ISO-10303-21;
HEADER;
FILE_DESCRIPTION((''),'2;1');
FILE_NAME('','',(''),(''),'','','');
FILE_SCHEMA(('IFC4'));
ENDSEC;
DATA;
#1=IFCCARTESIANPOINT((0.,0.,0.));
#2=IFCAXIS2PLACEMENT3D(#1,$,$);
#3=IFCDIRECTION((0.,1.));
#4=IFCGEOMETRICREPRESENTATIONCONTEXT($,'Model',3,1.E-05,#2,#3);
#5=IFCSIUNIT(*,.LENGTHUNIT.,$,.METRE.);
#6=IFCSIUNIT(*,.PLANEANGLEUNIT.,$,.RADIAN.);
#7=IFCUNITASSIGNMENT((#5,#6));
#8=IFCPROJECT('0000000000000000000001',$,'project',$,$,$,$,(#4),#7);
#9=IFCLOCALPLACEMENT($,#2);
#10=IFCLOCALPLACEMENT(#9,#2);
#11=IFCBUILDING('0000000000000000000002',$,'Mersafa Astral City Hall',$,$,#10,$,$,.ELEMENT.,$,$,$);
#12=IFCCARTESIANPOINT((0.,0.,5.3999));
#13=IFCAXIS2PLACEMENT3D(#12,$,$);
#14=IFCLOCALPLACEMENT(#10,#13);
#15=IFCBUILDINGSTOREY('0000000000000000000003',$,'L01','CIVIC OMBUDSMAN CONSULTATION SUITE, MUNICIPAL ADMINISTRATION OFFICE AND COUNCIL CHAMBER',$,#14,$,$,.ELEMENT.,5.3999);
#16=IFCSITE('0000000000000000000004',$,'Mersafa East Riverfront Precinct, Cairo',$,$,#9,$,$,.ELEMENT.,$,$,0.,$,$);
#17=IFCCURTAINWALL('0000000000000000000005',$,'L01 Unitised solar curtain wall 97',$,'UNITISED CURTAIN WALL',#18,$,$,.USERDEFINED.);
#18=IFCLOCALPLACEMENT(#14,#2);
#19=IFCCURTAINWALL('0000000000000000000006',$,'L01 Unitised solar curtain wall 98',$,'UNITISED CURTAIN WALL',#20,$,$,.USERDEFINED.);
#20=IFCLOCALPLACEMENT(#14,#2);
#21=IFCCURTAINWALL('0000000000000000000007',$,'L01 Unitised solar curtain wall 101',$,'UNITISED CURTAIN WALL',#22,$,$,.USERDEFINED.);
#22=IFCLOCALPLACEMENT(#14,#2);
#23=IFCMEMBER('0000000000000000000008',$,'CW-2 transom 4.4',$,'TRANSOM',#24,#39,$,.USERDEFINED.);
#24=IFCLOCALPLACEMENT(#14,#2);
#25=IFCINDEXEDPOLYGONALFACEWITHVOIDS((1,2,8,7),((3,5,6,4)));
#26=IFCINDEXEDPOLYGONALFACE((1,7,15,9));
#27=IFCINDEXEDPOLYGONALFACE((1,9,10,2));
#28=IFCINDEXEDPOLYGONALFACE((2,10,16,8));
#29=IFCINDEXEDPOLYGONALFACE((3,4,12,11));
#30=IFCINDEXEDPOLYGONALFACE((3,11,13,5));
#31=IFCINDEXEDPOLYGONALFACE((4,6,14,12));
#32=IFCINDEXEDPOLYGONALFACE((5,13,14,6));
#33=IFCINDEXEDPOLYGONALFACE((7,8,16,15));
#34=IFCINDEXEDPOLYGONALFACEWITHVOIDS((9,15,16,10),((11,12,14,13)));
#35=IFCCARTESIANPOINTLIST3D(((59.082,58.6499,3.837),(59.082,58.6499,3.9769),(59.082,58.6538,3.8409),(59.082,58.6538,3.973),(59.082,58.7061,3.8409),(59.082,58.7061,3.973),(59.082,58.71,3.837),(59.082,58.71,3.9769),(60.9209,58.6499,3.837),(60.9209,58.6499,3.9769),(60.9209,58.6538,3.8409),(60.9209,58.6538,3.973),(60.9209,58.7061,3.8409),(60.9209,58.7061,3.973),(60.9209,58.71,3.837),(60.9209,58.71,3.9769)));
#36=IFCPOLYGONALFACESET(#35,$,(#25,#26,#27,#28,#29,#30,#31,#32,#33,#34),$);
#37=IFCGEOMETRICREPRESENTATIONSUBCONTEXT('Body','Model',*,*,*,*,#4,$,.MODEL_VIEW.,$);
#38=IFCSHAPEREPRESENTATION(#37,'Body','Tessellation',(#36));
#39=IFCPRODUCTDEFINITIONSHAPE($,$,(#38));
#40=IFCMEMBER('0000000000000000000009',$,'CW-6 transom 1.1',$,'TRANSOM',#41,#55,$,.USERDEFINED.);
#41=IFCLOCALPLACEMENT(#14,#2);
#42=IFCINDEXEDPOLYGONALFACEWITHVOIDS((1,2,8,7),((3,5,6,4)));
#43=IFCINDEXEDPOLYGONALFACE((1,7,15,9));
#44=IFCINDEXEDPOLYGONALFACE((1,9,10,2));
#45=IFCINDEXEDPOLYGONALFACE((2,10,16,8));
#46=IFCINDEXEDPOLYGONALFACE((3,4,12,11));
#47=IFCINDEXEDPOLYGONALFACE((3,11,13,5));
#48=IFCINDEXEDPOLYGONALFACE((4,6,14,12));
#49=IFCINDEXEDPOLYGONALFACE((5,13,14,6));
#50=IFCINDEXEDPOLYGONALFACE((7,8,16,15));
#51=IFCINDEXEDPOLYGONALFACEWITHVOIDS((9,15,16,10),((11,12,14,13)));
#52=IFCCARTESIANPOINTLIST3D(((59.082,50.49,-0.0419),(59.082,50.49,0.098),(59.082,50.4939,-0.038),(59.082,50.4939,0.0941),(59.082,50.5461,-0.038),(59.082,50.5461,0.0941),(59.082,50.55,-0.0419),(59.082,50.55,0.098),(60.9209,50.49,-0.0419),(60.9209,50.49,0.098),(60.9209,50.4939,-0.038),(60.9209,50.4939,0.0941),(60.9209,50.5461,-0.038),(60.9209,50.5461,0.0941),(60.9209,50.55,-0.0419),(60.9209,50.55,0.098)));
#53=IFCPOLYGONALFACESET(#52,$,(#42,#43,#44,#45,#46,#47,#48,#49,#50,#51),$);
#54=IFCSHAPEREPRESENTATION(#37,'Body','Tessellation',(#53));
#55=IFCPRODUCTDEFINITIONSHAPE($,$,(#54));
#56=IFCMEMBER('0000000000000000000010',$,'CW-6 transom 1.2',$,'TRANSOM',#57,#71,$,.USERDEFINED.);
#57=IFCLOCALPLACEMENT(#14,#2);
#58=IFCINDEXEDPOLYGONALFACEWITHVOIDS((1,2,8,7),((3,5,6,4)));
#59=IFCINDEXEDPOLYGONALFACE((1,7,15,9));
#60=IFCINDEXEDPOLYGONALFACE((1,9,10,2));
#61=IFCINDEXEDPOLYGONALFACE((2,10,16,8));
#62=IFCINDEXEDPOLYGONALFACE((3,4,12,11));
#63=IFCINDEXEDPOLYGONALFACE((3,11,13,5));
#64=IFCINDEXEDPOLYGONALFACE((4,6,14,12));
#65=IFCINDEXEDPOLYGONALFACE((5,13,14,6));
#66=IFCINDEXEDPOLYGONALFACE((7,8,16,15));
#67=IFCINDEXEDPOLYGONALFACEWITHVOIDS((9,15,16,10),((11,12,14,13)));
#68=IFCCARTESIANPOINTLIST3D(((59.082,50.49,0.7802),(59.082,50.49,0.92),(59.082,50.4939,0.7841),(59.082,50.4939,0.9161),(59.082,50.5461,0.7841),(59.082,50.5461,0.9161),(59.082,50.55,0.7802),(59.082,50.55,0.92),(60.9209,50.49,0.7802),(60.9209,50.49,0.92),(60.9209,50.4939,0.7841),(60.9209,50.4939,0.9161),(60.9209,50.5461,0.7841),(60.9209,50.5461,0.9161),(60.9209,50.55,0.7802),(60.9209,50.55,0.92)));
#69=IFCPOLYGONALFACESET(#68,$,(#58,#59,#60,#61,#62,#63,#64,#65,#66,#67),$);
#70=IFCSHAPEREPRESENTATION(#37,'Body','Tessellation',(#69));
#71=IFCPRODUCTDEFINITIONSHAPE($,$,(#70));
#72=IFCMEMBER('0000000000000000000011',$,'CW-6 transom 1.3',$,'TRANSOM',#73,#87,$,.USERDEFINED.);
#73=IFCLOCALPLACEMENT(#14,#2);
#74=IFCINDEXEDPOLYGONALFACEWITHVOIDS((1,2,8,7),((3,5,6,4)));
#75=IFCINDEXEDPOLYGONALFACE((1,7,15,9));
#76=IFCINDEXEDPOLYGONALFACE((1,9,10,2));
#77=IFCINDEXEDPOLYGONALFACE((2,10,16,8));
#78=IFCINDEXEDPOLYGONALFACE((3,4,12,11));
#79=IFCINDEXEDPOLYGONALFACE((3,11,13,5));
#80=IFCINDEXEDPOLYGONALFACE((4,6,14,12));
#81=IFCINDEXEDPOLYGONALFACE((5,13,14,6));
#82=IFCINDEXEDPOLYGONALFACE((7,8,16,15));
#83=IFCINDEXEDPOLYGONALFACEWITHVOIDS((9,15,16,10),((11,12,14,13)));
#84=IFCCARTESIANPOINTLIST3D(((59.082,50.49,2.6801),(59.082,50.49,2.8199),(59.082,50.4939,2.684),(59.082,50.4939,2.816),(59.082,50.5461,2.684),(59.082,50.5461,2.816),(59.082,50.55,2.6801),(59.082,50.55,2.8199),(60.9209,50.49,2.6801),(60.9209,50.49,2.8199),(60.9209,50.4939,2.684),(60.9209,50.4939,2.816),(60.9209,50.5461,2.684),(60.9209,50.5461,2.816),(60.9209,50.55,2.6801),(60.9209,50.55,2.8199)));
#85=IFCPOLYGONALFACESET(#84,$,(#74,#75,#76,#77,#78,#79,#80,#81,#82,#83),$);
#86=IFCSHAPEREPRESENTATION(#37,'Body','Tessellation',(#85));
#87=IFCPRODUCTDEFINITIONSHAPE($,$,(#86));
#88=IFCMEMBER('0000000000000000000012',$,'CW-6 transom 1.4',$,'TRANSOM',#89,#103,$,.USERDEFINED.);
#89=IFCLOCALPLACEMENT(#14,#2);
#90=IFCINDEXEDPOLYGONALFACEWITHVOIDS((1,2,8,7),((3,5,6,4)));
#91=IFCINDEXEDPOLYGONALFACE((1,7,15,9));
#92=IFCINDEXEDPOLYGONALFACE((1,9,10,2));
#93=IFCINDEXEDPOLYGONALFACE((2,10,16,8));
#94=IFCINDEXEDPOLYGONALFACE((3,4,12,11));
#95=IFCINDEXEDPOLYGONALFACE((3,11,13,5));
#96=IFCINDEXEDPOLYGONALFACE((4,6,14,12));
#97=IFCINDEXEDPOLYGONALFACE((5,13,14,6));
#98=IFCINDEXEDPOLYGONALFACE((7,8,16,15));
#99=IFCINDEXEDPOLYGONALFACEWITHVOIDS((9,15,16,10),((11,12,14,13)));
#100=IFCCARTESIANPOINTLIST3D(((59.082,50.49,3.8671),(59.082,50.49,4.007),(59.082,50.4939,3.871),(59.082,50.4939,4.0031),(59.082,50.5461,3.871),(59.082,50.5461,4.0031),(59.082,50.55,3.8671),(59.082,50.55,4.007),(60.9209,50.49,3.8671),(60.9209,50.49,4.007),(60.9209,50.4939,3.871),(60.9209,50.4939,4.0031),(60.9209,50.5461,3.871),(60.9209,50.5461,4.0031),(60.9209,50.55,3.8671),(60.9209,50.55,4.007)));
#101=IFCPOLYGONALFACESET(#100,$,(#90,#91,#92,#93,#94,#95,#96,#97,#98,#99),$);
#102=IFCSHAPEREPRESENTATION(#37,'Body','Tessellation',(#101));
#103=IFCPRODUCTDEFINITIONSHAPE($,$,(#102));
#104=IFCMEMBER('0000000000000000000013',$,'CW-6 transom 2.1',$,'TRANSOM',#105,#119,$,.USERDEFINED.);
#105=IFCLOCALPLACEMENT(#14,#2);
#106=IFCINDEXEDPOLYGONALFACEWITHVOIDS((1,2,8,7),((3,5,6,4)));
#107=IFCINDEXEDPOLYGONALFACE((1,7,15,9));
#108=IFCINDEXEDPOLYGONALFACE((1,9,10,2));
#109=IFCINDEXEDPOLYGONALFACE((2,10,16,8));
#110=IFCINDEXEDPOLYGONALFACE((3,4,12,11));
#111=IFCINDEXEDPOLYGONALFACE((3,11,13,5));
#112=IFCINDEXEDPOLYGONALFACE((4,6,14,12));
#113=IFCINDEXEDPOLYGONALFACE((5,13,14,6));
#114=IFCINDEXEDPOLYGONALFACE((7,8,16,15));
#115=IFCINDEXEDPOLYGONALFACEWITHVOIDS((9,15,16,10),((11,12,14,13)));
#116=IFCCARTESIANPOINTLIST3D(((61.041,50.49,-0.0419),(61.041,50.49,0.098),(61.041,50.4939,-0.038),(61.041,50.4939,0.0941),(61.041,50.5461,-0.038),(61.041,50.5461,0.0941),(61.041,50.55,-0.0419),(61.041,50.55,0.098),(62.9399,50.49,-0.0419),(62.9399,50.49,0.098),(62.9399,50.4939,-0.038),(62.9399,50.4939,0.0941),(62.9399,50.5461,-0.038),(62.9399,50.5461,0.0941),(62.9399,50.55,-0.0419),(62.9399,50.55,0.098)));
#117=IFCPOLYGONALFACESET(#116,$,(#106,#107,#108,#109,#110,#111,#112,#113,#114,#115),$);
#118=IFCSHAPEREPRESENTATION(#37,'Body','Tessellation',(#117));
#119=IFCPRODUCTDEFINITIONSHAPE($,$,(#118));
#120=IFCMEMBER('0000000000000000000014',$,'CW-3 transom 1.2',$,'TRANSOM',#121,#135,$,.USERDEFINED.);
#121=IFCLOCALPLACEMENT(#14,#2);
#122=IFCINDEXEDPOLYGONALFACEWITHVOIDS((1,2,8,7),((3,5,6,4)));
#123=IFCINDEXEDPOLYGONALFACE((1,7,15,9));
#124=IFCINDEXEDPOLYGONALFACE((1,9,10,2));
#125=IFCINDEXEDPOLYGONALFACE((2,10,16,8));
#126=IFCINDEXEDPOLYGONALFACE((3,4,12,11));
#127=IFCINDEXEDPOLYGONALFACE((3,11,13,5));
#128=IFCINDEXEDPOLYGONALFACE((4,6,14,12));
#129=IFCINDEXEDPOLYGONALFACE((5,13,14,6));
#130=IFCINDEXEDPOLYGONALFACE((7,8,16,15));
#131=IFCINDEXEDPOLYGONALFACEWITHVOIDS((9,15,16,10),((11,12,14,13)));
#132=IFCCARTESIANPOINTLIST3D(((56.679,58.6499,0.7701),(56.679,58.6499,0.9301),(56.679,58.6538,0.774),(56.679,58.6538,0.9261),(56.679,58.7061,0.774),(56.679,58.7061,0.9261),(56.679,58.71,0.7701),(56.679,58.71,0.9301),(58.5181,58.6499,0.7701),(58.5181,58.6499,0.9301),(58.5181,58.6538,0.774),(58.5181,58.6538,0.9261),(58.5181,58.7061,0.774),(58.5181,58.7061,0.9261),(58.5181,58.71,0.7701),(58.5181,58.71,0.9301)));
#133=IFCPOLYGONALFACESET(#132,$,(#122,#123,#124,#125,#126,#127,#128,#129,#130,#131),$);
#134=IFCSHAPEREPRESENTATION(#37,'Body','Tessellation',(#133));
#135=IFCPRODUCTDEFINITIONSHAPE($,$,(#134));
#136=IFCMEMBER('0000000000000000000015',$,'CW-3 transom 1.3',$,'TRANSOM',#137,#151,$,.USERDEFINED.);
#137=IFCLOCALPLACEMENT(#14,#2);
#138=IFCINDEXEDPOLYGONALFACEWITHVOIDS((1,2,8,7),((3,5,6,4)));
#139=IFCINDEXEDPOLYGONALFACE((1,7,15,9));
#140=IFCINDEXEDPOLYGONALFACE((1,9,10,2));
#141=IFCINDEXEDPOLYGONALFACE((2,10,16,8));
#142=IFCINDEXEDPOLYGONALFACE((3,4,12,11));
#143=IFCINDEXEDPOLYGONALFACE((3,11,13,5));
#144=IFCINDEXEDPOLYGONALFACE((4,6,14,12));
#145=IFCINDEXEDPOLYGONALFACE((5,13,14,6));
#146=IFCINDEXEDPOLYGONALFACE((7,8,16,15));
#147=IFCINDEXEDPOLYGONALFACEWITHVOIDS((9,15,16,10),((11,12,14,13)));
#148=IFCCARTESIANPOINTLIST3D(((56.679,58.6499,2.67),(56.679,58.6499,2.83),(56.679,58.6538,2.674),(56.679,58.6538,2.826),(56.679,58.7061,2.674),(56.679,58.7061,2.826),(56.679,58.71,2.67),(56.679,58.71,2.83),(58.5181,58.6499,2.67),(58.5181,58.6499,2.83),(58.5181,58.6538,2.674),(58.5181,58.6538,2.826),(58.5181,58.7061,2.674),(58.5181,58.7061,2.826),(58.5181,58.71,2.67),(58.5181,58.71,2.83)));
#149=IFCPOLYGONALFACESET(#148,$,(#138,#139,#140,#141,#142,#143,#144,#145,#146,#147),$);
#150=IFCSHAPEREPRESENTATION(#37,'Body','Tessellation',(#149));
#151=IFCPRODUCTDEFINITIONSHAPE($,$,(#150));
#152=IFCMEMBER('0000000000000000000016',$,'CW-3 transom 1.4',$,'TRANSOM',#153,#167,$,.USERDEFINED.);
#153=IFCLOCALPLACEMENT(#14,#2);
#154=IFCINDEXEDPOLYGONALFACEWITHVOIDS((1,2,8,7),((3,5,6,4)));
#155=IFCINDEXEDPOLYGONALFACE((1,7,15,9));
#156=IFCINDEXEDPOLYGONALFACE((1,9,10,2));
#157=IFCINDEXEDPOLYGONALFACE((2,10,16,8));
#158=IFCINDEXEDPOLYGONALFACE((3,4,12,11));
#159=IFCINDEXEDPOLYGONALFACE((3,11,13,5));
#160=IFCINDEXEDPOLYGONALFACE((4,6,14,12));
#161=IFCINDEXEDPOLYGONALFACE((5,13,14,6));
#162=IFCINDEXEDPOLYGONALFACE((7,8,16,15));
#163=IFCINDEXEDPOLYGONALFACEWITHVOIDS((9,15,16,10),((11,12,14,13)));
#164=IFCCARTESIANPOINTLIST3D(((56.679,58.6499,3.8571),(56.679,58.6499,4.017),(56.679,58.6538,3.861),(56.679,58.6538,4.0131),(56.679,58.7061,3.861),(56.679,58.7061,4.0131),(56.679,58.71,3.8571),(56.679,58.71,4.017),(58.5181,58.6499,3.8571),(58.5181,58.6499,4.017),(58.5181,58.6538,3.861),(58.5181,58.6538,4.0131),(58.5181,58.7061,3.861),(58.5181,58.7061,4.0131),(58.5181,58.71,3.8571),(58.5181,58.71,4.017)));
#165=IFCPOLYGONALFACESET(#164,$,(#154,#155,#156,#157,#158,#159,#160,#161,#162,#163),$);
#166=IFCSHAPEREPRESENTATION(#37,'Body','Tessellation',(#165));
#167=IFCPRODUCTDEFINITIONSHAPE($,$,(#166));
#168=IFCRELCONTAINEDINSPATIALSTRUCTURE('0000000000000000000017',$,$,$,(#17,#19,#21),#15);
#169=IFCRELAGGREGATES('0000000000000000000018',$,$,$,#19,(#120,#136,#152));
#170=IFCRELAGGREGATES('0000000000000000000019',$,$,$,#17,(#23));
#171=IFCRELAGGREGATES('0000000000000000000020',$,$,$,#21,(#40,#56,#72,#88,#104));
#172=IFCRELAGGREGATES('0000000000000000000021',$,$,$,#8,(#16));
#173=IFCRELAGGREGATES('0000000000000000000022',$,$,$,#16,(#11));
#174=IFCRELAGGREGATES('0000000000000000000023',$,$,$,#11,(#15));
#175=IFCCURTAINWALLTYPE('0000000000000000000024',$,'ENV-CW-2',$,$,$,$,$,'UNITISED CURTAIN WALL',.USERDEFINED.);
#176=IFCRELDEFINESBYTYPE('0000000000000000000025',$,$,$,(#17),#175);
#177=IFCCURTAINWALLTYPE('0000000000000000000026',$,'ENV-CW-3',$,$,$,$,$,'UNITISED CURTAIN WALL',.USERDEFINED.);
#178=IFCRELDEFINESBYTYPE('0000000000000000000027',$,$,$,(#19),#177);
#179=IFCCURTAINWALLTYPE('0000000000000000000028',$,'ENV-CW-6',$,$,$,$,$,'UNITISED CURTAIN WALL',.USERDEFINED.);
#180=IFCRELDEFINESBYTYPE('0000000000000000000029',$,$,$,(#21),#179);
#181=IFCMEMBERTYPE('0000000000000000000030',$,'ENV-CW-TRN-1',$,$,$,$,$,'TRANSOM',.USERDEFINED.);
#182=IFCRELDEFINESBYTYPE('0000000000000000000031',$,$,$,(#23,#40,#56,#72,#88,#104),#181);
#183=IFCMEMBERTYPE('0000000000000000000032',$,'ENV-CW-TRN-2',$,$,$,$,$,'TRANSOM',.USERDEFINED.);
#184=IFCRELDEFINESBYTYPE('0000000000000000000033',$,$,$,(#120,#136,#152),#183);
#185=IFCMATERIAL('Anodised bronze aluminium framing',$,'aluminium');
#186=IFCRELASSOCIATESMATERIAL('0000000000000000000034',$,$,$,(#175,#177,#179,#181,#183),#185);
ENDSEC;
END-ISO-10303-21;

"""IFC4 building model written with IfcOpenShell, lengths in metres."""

from ifc_helpers import new_model, si_unit, direction, frame, origin, origin_2d, place, context, subcontext, project, spatial, hollow_rectangle, extrude, material, material_profile, profile_set, type_object, element, aggregate, save


model = new_model("IFC4")

# Units and contexts
model_context = context("Model", 3, precision=1e-05, world=origin(), true_north=direction((0.0, 1.0)))
body_context = subcontext(model_context, "Body", "Model", "MODEL_VIEW")
ifc_project = project(units=[si_unit("LENGTHUNIT", "METRE"), si_unit("PLANEANGLEUNIT", "RADIAN")], contexts=[model_context])

# Site, building, storey
site_placement = place(None, origin())
site = spatial("IfcSite", under=ifc_project, at=site_placement, Name="Mersafa East Riverfront Precinct, Cairo", CompositionType="ELEMENT", RefElevation=0.0)
building_placement = place(site_placement, origin())
building = spatial("IfcBuilding", under=site, at=building_placement, Name="Mersafa Astral City Hall", CompositionType="ELEMENT")
storey_placement = place(building_placement, frame((0.0, 0.0, 5.3999)))
storey = spatial("IfcBuildingStorey", under=building, at=storey_placement, Name="L01", Description="CIVIC OMBUDSMAN CONSULTATION SUITE, MUNICIPAL ADMINISTRATION OFFICE AND COUNCIL CHAMBER", CompositionType="ELEMENT", Elevation=5.3999)

# Curtain wall
ifc_material_1 = material(Name="Anodised bronze aluminium framing", Category="aluminium")
curtain_wall_type_1 = type_object("IfcCurtainWallType", Name="ENV-CW-2", ElementType="UNITISED CURTAIN WALL", PredefinedType="USERDEFINED", material=ifc_material_1)
curtain_wall_1_placement = place(storey_placement, origin())
curtain_wall_1 = element("IfcCurtainWall", 1, at=curtain_wall_1_placement, inside=storey, type_object=curtain_wall_type_1, Name="L01 Unitised solar curtain wall 97", ObjectType="UNITISED CURTAIN WALL", PredefinedType="USERDEFINED")

# Curtain wall
curtain_wall_type_2 = type_object("IfcCurtainWallType", Name="ENV-CW-3", ElementType="UNITISED CURTAIN WALL", PredefinedType="USERDEFINED", material=ifc_material_1)
curtain_wall_2_placement = place(storey_placement, origin())
curtain_wall_2 = element("IfcCurtainWall", 2, at=curtain_wall_2_placement, inside=storey, type_object=curtain_wall_type_2, Name="L01 Unitised solar curtain wall 98", ObjectType="UNITISED CURTAIN WALL", PredefinedType="USERDEFINED")

# Curtain wall
curtain_wall_type_3 = type_object("IfcCurtainWallType", Name="ENV-CW-6", ElementType="UNITISED CURTAIN WALL", PredefinedType="USERDEFINED", material=ifc_material_1)
curtain_wall_3_placement = place(storey_placement, origin())
curtain_wall_3 = element("IfcCurtainWall", 3, at=curtain_wall_3_placement, inside=storey, type_object=curtain_wall_type_3, Name="L01 Unitised solar curtain wall 101", ObjectType="UNITISED CURTAIN WALL", PredefinedType="USERDEFINED")

# Members
ifc_material_profile_1 = material_profile(ifc_material_1, hollow_rectangle(XDim=0.0601, YDim=0.1399, WallThickness=0.0039, at=origin_2d()), Name="RHS 60x140x4")
ifc_profile_set_1 = profile_set([ifc_material_profile_1], Name="Anodised bronze aluminium framing")
member_type_1 = type_object("IfcMemberType", Name="ENV-CW-TRN-1", ElementType="TRANSOM", PredefinedType="USERDEFINED", material=ifc_profile_set_1)
member_1_placement = place(storey_placement, frame((60.9209, 58.6799, 3.907), z_axis=(-1.0, 0.0, 0.0), x_axis=(0.0, -1.0, 0.0)))
member_1 = element("IfcMember", 4, at=member_1_placement, type_object=member_type_1, Name="CW-2 transom 4.4", ObjectType="TRANSOM", PredefinedType="USERDEFINED", context=body_context, shape_type="SweptSolid", body=[
    extrude(hollow_rectangle(XDim=0.0601, YDim=0.1399, WallThickness=0.0039, at=origin_2d()), origin(), (0.0, 0.0, 1.0), 1.8389),
])
member_2_placement = place(storey_placement, frame((59.082, 50.52, 0.0281), z_axis=(1.0, 0.0, 0.0), x_axis=(0.0, 1.0, 0.0)))
member_2 = element("IfcMember", 5, at=member_2_placement, type_object=member_type_1, Name="CW-6 transom 1.1", ObjectType="TRANSOM", PredefinedType="USERDEFINED", context=body_context, shape_type="SweptSolid", body=[
    extrude(hollow_rectangle(XDim=0.0601, YDim=0.1399, WallThickness=0.0039, at=origin_2d()), origin(), (0.0, 0.0, 1.0), 1.8389),
])
member_3_placement = place(storey_placement, frame((59.082, 50.52, 0.8501), z_axis=(1.0, 0.0, 0.0), x_axis=(0.0, 1.0, 0.0)))
member_3 = element("IfcMember", 6, at=member_3_placement, type_object=member_type_1, Name="CW-6 transom 1.2", ObjectType="TRANSOM", PredefinedType="USERDEFINED", context=body_context, shape_type="SweptSolid", body=[
    extrude(hollow_rectangle(XDim=0.0601, YDim=0.1399, WallThickness=0.0039, at=origin_2d()), origin(), (0.0, 0.0, 1.0), 1.8389),
])
member_4_placement = place(storey_placement, frame((59.082, 50.52, 2.75), z_axis=(1.0, 0.0, 0.0), x_axis=(0.0, 1.0, 0.0)))
member_4 = element("IfcMember", 7, at=member_4_placement, type_object=member_type_1, Name="CW-6 transom 1.3", ObjectType="TRANSOM", PredefinedType="USERDEFINED", context=body_context, shape_type="SweptSolid", body=[
    extrude(hollow_rectangle(XDim=0.0601, YDim=0.1399, WallThickness=0.0039, at=origin_2d()), origin(), (0.0, 0.0, 1.0), 1.8389),
])
member_5_placement = place(storey_placement, frame((59.082, 50.52, 3.937), z_axis=(1.0, 0.0, 0.0), x_axis=(0.0, 1.0, 0.0)))
member_5 = element("IfcMember", 8, at=member_5_placement, type_object=member_type_1, Name="CW-6 transom 1.4", ObjectType="TRANSOM", PredefinedType="USERDEFINED", context=body_context, shape_type="SweptSolid", body=[
    extrude(hollow_rectangle(XDim=0.0601, YDim=0.1399, WallThickness=0.0039, at=origin_2d()), origin(), (0.0, 0.0, 1.0), 1.8389),
])
member_6_placement = place(storey_placement, frame((61.041, 50.52, 0.0281), z_axis=(1.0, 0.0, 0.0), x_axis=(0.0, 1.0, 0.0)))
member_6 = element("IfcMember", 9, at=member_6_placement, type_object=member_type_1, Name="CW-6 transom 2.1", ObjectType="TRANSOM", PredefinedType="USERDEFINED", context=body_context, shape_type="SweptSolid", body=[
    extrude(hollow_rectangle(XDim=0.0601, YDim=0.1399, WallThickness=0.0039, at=origin_2d()), origin(), (0.0, 0.0, 1.0), 1.8989),
])
ifc_material_profile_2 = material_profile(ifc_material_1, hollow_rectangle(XDim=0.0601, YDim=0.1599, WallThickness=0.0039, at=origin_2d()), Name="RHS 60x160x4")
ifc_profile_set_2 = profile_set([ifc_material_profile_2], Name="Anodised bronze aluminium framing")
member_type_2 = type_object("IfcMemberType", Name="ENV-CW-TRN-2", ElementType="TRANSOM", PredefinedType="USERDEFINED", material=ifc_profile_set_2)
member_7_placement = place(storey_placement, frame((58.5181, 58.6799, 0.8501), z_axis=(-1.0, 0.0, 0.0), x_axis=(0.0, -1.0, 0.0)))
member_7 = element("IfcMember", 10, at=member_7_placement, type_object=member_type_2, Name="CW-3 transom 1.2", ObjectType="TRANSOM", PredefinedType="USERDEFINED", context=body_context, shape_type="SweptSolid", body=[
    extrude(hollow_rectangle(XDim=0.0601, YDim=0.1599, WallThickness=0.0039, at=origin_2d()), origin(), (0.0, 0.0, 1.0), 1.8391),
])
member_8_placement = place(storey_placement, frame((58.5181, 58.6799, 2.75), z_axis=(-1.0, 0.0, 0.0), x_axis=(0.0, -1.0, 0.0)))
member_8 = element("IfcMember", 11, at=member_8_placement, type_object=member_type_2, Name="CW-3 transom 1.3", ObjectType="TRANSOM", PredefinedType="USERDEFINED", context=body_context, shape_type="SweptSolid", body=[
    extrude(hollow_rectangle(XDim=0.0601, YDim=0.1599, WallThickness=0.0039, at=origin_2d()), origin(), (0.0, 0.0, 1.0), 1.8391),
])
member_9_placement = place(storey_placement, frame((58.5181, 58.6799, 3.937), z_axis=(-1.0, 0.0, 0.0), x_axis=(0.0, -1.0, 0.0)))
member_9 = element("IfcMember", 12, at=member_9_placement, type_object=member_type_2, Name="CW-3 transom 1.4", ObjectType="TRANSOM", PredefinedType="USERDEFINED", context=body_context, shape_type="SweptSolid", body=[
    extrude(hollow_rectangle(XDim=0.0601, YDim=0.1599, WallThickness=0.0039, at=origin_2d()), origin(), (0.0, 0.0, 1.0), 1.8391),
])
aggregate(curtain_wall_2, [member_7, member_8, member_9])

aggregate(curtain_wall_1, [member_1])
aggregate(curtain_wall_3, [member_2, member_3, member_4, member_5, member_6])

save(model, "model.ifc")
